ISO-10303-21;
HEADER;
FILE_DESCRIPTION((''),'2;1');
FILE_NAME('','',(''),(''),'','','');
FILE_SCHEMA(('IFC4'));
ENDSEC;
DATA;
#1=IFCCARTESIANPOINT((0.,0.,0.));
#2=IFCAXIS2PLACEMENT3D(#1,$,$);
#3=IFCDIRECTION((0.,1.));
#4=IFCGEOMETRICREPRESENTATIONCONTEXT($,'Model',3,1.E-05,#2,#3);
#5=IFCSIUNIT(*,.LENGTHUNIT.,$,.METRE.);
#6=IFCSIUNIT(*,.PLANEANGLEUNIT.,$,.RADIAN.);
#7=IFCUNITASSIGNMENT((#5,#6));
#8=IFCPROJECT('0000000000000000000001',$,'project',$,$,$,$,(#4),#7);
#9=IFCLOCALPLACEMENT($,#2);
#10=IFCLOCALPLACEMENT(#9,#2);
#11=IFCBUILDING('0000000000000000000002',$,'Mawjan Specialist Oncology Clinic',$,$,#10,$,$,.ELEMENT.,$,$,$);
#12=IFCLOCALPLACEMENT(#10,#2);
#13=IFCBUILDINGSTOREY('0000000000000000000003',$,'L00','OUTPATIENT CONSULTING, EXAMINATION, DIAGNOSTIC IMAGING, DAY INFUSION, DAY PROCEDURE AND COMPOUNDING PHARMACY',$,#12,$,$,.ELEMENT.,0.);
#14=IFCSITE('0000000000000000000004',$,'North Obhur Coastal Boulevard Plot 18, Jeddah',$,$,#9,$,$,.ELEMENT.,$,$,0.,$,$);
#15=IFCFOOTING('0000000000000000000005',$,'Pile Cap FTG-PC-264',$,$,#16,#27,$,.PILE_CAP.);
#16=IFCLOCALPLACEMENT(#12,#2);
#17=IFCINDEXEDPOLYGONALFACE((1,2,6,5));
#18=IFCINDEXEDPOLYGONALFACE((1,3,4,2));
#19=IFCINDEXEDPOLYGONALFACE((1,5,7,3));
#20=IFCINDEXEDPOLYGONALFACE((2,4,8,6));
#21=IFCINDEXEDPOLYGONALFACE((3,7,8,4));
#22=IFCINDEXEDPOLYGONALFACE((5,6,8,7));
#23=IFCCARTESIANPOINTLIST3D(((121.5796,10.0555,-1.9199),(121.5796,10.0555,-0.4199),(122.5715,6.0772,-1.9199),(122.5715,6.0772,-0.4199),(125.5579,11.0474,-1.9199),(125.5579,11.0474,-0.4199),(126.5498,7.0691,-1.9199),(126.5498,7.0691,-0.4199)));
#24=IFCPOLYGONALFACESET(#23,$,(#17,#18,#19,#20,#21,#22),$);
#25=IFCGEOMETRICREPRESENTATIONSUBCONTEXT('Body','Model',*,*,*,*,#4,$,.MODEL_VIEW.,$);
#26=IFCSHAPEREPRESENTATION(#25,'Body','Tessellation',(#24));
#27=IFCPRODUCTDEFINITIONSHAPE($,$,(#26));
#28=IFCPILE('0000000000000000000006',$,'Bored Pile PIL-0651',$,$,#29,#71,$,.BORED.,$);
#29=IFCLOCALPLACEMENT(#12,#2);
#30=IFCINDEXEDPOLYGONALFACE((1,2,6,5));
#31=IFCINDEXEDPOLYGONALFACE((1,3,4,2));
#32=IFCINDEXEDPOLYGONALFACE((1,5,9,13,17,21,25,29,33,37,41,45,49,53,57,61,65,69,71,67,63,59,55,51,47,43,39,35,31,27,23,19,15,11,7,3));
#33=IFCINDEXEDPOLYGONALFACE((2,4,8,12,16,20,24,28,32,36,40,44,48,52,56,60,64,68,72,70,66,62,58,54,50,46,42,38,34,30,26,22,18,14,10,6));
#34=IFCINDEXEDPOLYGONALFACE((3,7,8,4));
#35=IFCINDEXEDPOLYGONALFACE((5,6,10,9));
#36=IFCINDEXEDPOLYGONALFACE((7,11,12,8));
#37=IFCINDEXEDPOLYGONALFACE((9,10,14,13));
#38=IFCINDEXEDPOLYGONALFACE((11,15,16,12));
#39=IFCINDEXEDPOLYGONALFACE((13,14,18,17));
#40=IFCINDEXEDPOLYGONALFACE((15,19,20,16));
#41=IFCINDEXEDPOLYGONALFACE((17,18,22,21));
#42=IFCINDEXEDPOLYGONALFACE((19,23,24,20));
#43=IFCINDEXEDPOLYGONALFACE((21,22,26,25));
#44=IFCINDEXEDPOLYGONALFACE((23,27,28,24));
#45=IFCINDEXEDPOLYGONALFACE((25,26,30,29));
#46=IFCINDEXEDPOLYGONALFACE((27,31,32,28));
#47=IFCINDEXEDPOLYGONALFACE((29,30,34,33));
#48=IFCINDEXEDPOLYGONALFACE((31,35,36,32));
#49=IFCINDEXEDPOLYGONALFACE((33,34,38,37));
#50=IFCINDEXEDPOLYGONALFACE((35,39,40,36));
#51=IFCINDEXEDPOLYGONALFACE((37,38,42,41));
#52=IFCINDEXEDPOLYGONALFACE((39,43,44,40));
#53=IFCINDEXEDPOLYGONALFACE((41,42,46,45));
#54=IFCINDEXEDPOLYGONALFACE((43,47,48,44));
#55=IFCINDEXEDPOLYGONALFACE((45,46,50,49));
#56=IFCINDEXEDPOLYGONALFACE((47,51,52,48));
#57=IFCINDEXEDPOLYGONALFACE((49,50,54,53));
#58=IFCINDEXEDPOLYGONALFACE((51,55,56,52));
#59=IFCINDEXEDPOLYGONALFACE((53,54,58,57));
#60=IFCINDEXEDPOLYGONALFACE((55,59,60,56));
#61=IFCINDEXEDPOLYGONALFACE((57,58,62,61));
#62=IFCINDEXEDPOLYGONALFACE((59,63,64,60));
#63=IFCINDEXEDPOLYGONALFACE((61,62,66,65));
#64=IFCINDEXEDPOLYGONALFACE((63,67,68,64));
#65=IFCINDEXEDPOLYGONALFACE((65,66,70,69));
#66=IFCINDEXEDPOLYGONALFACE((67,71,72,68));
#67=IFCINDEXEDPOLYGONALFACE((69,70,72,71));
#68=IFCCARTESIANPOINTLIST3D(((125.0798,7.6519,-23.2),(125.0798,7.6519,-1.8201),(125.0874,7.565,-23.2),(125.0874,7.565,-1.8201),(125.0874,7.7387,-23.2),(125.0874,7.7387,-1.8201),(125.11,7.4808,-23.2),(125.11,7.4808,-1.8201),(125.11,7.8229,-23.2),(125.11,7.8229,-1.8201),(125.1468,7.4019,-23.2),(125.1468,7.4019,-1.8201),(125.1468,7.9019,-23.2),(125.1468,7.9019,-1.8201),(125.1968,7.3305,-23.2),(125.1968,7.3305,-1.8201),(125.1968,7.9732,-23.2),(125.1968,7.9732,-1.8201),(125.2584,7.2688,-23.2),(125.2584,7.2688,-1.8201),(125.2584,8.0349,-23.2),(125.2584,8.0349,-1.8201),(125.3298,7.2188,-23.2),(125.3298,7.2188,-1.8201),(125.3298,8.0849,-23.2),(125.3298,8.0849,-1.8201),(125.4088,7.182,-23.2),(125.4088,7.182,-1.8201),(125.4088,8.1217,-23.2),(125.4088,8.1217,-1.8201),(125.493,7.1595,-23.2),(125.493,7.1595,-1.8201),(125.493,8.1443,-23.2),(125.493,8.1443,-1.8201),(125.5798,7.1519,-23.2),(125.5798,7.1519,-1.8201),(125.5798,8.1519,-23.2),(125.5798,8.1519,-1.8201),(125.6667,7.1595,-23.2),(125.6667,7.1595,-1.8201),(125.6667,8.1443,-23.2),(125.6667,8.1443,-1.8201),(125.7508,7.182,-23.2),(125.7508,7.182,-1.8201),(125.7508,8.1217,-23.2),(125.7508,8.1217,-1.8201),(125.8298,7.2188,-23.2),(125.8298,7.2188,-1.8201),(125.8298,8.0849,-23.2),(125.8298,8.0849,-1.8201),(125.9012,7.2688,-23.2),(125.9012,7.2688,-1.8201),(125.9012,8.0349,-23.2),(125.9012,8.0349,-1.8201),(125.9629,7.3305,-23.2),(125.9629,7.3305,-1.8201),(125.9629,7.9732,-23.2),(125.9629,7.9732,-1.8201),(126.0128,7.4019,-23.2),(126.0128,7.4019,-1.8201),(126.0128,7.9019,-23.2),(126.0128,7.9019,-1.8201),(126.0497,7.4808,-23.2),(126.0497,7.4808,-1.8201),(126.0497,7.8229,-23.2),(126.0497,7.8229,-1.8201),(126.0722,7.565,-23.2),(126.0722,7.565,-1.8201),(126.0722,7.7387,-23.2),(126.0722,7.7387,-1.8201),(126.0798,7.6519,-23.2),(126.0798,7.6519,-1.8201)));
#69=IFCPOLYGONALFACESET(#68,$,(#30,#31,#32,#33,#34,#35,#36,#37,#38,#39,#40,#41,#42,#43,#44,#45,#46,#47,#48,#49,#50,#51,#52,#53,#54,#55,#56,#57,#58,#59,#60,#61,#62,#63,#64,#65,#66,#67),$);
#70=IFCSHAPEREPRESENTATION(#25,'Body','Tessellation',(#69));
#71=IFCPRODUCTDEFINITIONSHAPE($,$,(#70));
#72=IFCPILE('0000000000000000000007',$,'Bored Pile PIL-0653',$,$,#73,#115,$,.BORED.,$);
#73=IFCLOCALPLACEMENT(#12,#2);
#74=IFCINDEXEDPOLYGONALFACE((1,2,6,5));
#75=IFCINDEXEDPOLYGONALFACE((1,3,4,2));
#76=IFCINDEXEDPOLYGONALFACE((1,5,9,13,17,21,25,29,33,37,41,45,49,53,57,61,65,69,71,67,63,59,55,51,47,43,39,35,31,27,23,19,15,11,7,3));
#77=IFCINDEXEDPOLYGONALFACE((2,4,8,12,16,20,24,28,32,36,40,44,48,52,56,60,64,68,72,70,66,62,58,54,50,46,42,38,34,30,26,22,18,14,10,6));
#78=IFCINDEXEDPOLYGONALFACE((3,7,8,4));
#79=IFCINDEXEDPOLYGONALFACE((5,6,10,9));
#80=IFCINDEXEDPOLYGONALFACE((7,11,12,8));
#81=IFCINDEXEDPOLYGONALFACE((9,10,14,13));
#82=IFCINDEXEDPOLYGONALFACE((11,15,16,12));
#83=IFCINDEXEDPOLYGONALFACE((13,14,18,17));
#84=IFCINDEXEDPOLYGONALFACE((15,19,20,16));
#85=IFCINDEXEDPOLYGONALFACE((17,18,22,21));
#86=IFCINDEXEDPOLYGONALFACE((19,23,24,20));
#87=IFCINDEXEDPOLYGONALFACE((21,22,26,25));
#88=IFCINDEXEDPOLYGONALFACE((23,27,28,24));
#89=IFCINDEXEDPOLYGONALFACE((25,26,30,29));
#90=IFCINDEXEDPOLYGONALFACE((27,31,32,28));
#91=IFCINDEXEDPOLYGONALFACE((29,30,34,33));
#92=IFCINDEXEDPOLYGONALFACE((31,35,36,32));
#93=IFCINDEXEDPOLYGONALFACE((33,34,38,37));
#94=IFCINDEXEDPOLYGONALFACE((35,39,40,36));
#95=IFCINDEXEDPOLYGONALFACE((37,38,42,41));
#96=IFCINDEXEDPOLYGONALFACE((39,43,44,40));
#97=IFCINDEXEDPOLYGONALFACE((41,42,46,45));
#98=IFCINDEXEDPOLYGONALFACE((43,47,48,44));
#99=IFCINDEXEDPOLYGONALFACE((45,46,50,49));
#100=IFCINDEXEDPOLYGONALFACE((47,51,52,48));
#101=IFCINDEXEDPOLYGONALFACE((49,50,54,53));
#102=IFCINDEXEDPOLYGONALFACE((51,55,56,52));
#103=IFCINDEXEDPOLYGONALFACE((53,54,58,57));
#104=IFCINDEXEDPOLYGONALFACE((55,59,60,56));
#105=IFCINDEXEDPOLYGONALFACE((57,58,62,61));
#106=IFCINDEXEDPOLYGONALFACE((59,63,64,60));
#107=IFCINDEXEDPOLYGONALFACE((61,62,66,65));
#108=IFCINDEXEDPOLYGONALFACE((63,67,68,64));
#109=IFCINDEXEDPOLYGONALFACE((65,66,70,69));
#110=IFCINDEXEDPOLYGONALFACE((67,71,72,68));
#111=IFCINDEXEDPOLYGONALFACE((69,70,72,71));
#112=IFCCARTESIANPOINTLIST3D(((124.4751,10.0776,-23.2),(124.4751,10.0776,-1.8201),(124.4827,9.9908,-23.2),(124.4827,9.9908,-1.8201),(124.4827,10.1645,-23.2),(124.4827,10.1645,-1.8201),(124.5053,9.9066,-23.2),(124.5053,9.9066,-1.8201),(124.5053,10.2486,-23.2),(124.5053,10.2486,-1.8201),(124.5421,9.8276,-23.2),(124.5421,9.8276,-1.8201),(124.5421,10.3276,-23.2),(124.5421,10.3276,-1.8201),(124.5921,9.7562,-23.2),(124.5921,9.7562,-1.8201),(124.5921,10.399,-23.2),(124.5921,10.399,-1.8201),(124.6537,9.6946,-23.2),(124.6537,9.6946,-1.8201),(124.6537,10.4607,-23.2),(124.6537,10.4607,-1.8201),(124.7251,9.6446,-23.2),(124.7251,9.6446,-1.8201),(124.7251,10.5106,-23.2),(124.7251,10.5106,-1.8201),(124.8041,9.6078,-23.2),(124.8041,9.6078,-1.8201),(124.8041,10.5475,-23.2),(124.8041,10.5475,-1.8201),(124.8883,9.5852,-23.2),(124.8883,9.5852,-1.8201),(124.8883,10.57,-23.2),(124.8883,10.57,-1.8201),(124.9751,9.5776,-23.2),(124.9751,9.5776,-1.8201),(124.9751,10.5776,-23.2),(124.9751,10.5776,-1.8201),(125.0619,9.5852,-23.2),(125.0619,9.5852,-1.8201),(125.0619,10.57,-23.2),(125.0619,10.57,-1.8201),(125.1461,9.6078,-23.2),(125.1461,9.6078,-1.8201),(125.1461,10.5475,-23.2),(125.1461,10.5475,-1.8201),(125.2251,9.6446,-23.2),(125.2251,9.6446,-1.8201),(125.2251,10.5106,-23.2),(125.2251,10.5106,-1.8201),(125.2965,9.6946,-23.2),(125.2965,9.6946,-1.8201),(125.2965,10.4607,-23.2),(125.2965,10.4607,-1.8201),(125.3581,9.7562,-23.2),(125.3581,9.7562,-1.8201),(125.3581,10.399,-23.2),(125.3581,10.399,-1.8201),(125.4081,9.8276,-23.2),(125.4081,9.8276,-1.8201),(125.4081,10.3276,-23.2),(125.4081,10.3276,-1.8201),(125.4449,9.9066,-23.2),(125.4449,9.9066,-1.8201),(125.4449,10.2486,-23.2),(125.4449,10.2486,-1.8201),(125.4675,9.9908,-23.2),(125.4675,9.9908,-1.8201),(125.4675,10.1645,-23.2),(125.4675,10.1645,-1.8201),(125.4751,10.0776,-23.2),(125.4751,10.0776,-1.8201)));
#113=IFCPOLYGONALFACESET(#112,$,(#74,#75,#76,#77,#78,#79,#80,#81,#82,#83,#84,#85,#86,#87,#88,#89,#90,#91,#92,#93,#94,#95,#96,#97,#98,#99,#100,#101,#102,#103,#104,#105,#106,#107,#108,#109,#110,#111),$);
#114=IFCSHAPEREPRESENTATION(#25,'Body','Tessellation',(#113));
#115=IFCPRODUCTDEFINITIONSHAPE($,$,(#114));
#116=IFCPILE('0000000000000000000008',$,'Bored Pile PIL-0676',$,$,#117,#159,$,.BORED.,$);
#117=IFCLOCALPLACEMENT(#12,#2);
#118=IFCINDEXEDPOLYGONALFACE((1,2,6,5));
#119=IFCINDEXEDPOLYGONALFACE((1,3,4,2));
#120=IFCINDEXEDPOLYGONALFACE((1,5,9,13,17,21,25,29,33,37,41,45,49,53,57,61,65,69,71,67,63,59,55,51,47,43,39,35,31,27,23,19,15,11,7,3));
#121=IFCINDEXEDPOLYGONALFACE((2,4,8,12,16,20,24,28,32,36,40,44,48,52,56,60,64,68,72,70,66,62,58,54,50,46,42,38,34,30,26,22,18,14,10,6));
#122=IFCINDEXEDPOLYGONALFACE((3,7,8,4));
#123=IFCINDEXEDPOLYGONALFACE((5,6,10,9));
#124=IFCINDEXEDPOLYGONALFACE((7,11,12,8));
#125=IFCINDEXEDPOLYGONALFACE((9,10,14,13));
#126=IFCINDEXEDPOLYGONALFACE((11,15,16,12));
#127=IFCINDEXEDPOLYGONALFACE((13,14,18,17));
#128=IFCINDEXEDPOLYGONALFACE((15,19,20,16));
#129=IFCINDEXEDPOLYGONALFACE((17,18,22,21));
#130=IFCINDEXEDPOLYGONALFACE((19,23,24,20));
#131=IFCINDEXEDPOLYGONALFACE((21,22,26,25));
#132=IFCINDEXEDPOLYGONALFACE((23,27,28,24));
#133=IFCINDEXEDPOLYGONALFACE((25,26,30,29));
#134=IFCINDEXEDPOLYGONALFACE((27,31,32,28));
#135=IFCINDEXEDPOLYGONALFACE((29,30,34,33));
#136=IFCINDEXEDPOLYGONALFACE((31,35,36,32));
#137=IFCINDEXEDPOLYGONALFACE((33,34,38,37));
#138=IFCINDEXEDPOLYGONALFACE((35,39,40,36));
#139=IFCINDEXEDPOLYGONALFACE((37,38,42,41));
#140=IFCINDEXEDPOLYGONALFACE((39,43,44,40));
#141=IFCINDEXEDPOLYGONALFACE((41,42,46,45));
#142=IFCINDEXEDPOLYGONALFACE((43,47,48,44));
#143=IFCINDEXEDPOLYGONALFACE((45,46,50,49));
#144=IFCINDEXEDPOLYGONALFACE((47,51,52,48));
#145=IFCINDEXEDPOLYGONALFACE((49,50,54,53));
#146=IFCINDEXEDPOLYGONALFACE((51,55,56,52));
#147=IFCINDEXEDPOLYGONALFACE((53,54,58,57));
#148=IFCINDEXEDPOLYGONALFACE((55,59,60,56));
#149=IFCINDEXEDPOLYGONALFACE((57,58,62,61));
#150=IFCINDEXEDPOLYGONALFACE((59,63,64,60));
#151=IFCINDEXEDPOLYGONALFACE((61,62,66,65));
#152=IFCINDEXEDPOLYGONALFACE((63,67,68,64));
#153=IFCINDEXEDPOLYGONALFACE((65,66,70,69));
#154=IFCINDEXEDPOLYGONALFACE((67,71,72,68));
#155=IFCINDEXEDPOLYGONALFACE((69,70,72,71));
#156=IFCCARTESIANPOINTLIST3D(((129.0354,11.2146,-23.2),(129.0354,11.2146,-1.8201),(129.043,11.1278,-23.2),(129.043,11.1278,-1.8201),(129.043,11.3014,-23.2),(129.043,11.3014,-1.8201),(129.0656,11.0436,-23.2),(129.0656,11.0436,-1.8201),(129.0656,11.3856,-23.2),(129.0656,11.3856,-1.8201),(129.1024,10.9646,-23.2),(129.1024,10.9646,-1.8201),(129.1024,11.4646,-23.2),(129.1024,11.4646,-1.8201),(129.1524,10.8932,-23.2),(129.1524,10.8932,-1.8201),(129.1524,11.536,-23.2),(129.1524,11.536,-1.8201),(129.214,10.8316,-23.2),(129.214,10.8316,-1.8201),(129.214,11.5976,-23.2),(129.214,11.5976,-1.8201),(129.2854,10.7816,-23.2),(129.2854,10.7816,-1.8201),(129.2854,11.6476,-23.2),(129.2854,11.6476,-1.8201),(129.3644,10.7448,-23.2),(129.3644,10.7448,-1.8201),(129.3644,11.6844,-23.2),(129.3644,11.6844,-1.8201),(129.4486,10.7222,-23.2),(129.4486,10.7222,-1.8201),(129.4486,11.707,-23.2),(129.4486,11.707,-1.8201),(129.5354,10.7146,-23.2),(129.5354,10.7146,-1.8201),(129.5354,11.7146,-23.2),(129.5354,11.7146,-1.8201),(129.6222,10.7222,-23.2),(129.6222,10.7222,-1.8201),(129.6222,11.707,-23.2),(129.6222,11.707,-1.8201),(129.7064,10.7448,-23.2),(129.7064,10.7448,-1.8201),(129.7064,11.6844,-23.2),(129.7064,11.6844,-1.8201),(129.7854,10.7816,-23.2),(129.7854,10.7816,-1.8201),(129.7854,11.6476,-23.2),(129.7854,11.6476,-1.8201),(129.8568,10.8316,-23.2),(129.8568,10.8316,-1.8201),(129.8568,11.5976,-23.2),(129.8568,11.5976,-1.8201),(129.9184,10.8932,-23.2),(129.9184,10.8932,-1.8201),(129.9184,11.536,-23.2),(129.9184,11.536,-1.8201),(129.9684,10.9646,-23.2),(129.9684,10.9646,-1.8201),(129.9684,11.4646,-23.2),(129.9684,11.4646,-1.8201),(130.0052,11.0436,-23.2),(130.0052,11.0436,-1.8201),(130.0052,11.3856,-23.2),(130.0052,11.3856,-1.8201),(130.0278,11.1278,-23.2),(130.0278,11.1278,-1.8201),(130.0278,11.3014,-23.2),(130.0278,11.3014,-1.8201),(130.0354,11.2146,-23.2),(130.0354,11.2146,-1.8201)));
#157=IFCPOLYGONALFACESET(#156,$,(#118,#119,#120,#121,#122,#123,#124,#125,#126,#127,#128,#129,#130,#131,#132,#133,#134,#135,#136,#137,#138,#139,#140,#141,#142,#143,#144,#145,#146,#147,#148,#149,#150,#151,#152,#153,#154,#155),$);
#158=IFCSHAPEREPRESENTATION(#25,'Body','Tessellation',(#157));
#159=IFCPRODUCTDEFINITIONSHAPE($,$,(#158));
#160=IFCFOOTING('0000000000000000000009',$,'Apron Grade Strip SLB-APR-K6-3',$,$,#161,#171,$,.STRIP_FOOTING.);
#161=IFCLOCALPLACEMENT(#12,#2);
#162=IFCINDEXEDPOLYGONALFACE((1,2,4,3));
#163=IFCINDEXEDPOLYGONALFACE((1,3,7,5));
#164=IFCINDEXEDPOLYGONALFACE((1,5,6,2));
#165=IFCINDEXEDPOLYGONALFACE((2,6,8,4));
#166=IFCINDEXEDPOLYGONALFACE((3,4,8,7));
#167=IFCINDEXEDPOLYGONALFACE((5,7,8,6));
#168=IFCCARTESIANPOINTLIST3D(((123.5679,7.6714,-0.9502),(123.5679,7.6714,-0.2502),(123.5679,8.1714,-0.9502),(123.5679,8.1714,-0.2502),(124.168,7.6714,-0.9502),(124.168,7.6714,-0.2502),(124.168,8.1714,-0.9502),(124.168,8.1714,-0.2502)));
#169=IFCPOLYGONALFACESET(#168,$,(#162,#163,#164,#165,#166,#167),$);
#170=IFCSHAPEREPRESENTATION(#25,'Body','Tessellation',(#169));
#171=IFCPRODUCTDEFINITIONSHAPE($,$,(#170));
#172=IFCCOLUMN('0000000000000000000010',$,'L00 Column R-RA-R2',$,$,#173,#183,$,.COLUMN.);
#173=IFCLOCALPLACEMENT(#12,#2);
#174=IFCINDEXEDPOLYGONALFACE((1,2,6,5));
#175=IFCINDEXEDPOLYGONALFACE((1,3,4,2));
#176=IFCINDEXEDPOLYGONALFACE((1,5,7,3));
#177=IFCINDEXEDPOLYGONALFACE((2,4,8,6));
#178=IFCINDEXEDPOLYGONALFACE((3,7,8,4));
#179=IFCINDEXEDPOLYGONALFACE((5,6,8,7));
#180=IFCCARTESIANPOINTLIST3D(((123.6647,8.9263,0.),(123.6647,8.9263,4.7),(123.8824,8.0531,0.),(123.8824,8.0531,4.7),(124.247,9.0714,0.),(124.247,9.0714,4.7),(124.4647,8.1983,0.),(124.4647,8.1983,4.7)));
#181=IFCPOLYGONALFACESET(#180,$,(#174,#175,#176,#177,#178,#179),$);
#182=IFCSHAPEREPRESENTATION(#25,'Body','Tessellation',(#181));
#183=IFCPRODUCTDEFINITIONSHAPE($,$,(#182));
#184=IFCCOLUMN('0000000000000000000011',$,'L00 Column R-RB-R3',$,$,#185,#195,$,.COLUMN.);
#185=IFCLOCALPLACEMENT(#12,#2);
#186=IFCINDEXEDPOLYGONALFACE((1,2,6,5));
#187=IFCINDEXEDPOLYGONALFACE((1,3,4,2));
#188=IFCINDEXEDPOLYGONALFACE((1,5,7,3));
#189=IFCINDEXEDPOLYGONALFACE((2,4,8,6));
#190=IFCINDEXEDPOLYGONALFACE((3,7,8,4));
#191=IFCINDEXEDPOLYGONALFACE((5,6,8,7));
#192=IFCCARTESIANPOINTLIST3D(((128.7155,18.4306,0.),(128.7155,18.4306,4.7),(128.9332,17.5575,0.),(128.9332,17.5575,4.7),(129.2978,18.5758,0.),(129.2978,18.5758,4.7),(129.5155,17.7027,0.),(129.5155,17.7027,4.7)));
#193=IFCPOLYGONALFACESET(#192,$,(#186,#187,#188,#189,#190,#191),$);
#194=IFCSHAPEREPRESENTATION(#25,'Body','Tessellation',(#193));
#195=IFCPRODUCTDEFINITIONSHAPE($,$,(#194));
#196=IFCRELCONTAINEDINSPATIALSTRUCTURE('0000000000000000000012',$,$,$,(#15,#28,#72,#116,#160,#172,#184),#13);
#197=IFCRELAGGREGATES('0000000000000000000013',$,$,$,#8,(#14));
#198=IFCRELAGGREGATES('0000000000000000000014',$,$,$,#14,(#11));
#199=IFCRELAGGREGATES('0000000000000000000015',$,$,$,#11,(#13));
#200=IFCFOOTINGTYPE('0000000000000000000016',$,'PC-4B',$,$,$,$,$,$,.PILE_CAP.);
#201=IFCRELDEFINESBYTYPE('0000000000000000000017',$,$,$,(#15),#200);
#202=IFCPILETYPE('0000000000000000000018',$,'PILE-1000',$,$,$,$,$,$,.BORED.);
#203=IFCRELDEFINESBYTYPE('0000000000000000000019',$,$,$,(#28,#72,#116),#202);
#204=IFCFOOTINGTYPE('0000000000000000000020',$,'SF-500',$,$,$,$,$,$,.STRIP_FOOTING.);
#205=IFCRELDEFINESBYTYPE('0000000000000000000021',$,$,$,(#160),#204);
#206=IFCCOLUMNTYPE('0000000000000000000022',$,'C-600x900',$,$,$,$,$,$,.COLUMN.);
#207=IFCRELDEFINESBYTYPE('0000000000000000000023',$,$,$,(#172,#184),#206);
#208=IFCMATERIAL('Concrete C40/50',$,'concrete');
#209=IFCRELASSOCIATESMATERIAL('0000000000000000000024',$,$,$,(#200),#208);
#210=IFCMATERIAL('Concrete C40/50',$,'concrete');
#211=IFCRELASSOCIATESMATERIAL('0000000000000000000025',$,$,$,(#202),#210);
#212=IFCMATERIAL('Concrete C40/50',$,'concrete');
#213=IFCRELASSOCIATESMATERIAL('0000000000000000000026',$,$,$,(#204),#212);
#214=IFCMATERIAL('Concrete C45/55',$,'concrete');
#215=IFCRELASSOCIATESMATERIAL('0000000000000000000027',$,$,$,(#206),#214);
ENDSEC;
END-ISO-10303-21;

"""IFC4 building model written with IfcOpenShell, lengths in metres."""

from ifc_helpers import new_model, si_unit, direction, frame, origin, origin_2d, place, context, subcontext, project, spatial, rectangle, circle, extrude, material, material_profile, profile_set, type_object, element, save


model = new_model("IFC4")

# Units and contexts
model_context = context("Model", 3, precision=1e-05, world=origin(), true_north=direction((0.0, 1.0)))
body_context = subcontext(model_context, "Body", "Model", "MODEL_VIEW")
ifc_project = project(units=[si_unit("LENGTHUNIT", "METRE"), si_unit("PLANEANGLEUNIT", "RADIAN")], contexts=[model_context])

# Site, building, storey
site_placement = place(None, origin())
site = spatial("IfcSite", under=ifc_project, at=site_placement, Name="North Obhur Coastal Boulevard Plot 18, Jeddah", CompositionType="ELEMENT", RefElevation=0.0)
building_placement = place(site_placement, origin())
building = spatial("IfcBuilding", under=site, at=building_placement, Name="Mawjan Specialist Oncology Clinic", CompositionType="ELEMENT")
storey_placement = place(building_placement, origin())
storey = spatial("IfcBuildingStorey", under=building, at=storey_placement, Name="L00", Description="OUTPATIENT CONSULTING, EXAMINATION, DIAGNOSTIC IMAGING, DAY INFUSION, DAY PROCEDURE AND COMPOUNDING PHARMACY", CompositionType="ELEMENT", Elevation=0.0)

# Footing
ifc_material_1 = material(Name="Concrete C40/50", Category="concrete")
footing_type_1 = type_object("IfcFootingType", Name="PC-4B", PredefinedType="PILE_CAP", material=ifc_material_1)
footing_1_placement = place(storey_placement, frame((124.0647, 8.5623, -1.9199), z_axis=(0.0, 0.0, 1.0), x_axis=(0.970296, 0.241922, 0.0)))
element("IfcFooting", 1, at=footing_1_placement, inside=storey, type_object=footing_type_1, Name="Pile Cap FTG-PC-264", PredefinedType="PILE_CAP", context=body_context, shape_type="SweptSolid", body=[
    extrude(rectangle(XDim=4.1001, YDim=4.1001, at=origin_2d()), origin(), (0.0, 0.0, 1.0), 1.5),
])

# Piles
ifc_material_2 = material(Name="Concrete C40/50", Category="concrete")
ifc_material_profile_1 = material_profile(ifc_material_2, circle(Radius=0.5, at=origin_2d()), Name="BORED PILE D1000", Category="concrete")
ifc_profile_set_1 = profile_set([ifc_material_profile_1], Name="Concrete C40/50")
pile_type = type_object("IfcPileType", Name="PILE-1000", PredefinedType="BORED", material=ifc_profile_set_1)
for number, where, z_axis, x_axis, name in (
    (2, (125.5798, 7.6519, -1.8201), (0.0, 0.0, -1.0), (1.0, 0.0, 0.0), "Bored Pile PIL-0651"),
    (3, (124.9751, 10.0776, -1.8201), (0.0, 0.0, -1.0), (1.0, 0.0, 0.0), "Bored Pile PIL-0653"),
    (4, (129.5354, 11.2146, -1.8201), (0.0, 0.0, -1.0), (1.0, 0.0, 0.0), "Bored Pile PIL-0676"),
):
    element("IfcPile", number, at=place(storey_placement, frame(where, z_axis=z_axis, x_axis=x_axis)), inside=storey, type_object=pile_type, Name=name, PredefinedType="BORED", context=body_context, shape_type="SweptSolid", body=[
        extrude(circle(Radius=0.5, at=origin_2d()), origin(), (0.0, 0.0, 1.0), 21.3799),
    ])

# Footing
ifc_material_3 = material(Name="Concrete C40/50", Category="concrete")
footing_type_2 = type_object("IfcFootingType", Name="SF-500", PredefinedType="STRIP_FOOTING", material=ifc_material_3)
footing_2_placement = place(storey_placement, frame((123.8679, 7.9214, -0.9502), z_axis=(0.0, 0.0, 1.0), x_axis=(1.0, 0.0, 0.0)))
element("IfcFooting", 5, at=footing_2_placement, inside=storey, type_object=footing_type_2, Name="Apron Grade Strip SLB-APR-K6-3", PredefinedType="STRIP_FOOTING", context=body_context, shape_type="SweptSolid", body=[
    extrude(rectangle(XDim=0.6001, YDim=0.5, at=origin_2d()), origin(), (0.0, 0.0, 1.0), 0.7),
])

# Columns
ifc_material_4 = material(Name="Concrete C45/55", Category="concrete")
ifc_material_profile_2 = material_profile(ifc_material_4, rectangle(XDim=0.6001, YDim=0.8999, at=origin_2d()), Name="RC COL 600x900", Category="concrete")
ifc_profile_set_2 = profile_set([ifc_material_profile_2], Name="Concrete C45/55")
column_type = type_object("IfcColumnType", Name="C-600x900", PredefinedType="COLUMN", material=ifc_profile_set_2)
for number, where, z_axis, x_axis, name in (
    (6, (124.0647, 8.5623, 0.0), (0.0, 0.0, 1.0), (0.970296, 0.241922, 0.0), "L00 Column R-RA-R2"),
    (7, (129.1155, 18.0667, 0.0), (0.0, 0.0, 1.0), (0.970296, 0.241922, 0.0), "L00 Column R-RB-R3"),
):
    element("IfcColumn", number, at=place(storey_placement, frame(where, z_axis=z_axis, x_axis=x_axis)), inside=storey, type_object=column_type, Name=name, PredefinedType="COLUMN", context=body_context, shape_type="SweptSolid", body=[
        extrude(rectangle(XDim=0.6001, YDim=0.8999, at=origin_2d()), origin(), (0.0, 0.0, 1.0), 4.7),
    ])

save(model, "model.ifc")
